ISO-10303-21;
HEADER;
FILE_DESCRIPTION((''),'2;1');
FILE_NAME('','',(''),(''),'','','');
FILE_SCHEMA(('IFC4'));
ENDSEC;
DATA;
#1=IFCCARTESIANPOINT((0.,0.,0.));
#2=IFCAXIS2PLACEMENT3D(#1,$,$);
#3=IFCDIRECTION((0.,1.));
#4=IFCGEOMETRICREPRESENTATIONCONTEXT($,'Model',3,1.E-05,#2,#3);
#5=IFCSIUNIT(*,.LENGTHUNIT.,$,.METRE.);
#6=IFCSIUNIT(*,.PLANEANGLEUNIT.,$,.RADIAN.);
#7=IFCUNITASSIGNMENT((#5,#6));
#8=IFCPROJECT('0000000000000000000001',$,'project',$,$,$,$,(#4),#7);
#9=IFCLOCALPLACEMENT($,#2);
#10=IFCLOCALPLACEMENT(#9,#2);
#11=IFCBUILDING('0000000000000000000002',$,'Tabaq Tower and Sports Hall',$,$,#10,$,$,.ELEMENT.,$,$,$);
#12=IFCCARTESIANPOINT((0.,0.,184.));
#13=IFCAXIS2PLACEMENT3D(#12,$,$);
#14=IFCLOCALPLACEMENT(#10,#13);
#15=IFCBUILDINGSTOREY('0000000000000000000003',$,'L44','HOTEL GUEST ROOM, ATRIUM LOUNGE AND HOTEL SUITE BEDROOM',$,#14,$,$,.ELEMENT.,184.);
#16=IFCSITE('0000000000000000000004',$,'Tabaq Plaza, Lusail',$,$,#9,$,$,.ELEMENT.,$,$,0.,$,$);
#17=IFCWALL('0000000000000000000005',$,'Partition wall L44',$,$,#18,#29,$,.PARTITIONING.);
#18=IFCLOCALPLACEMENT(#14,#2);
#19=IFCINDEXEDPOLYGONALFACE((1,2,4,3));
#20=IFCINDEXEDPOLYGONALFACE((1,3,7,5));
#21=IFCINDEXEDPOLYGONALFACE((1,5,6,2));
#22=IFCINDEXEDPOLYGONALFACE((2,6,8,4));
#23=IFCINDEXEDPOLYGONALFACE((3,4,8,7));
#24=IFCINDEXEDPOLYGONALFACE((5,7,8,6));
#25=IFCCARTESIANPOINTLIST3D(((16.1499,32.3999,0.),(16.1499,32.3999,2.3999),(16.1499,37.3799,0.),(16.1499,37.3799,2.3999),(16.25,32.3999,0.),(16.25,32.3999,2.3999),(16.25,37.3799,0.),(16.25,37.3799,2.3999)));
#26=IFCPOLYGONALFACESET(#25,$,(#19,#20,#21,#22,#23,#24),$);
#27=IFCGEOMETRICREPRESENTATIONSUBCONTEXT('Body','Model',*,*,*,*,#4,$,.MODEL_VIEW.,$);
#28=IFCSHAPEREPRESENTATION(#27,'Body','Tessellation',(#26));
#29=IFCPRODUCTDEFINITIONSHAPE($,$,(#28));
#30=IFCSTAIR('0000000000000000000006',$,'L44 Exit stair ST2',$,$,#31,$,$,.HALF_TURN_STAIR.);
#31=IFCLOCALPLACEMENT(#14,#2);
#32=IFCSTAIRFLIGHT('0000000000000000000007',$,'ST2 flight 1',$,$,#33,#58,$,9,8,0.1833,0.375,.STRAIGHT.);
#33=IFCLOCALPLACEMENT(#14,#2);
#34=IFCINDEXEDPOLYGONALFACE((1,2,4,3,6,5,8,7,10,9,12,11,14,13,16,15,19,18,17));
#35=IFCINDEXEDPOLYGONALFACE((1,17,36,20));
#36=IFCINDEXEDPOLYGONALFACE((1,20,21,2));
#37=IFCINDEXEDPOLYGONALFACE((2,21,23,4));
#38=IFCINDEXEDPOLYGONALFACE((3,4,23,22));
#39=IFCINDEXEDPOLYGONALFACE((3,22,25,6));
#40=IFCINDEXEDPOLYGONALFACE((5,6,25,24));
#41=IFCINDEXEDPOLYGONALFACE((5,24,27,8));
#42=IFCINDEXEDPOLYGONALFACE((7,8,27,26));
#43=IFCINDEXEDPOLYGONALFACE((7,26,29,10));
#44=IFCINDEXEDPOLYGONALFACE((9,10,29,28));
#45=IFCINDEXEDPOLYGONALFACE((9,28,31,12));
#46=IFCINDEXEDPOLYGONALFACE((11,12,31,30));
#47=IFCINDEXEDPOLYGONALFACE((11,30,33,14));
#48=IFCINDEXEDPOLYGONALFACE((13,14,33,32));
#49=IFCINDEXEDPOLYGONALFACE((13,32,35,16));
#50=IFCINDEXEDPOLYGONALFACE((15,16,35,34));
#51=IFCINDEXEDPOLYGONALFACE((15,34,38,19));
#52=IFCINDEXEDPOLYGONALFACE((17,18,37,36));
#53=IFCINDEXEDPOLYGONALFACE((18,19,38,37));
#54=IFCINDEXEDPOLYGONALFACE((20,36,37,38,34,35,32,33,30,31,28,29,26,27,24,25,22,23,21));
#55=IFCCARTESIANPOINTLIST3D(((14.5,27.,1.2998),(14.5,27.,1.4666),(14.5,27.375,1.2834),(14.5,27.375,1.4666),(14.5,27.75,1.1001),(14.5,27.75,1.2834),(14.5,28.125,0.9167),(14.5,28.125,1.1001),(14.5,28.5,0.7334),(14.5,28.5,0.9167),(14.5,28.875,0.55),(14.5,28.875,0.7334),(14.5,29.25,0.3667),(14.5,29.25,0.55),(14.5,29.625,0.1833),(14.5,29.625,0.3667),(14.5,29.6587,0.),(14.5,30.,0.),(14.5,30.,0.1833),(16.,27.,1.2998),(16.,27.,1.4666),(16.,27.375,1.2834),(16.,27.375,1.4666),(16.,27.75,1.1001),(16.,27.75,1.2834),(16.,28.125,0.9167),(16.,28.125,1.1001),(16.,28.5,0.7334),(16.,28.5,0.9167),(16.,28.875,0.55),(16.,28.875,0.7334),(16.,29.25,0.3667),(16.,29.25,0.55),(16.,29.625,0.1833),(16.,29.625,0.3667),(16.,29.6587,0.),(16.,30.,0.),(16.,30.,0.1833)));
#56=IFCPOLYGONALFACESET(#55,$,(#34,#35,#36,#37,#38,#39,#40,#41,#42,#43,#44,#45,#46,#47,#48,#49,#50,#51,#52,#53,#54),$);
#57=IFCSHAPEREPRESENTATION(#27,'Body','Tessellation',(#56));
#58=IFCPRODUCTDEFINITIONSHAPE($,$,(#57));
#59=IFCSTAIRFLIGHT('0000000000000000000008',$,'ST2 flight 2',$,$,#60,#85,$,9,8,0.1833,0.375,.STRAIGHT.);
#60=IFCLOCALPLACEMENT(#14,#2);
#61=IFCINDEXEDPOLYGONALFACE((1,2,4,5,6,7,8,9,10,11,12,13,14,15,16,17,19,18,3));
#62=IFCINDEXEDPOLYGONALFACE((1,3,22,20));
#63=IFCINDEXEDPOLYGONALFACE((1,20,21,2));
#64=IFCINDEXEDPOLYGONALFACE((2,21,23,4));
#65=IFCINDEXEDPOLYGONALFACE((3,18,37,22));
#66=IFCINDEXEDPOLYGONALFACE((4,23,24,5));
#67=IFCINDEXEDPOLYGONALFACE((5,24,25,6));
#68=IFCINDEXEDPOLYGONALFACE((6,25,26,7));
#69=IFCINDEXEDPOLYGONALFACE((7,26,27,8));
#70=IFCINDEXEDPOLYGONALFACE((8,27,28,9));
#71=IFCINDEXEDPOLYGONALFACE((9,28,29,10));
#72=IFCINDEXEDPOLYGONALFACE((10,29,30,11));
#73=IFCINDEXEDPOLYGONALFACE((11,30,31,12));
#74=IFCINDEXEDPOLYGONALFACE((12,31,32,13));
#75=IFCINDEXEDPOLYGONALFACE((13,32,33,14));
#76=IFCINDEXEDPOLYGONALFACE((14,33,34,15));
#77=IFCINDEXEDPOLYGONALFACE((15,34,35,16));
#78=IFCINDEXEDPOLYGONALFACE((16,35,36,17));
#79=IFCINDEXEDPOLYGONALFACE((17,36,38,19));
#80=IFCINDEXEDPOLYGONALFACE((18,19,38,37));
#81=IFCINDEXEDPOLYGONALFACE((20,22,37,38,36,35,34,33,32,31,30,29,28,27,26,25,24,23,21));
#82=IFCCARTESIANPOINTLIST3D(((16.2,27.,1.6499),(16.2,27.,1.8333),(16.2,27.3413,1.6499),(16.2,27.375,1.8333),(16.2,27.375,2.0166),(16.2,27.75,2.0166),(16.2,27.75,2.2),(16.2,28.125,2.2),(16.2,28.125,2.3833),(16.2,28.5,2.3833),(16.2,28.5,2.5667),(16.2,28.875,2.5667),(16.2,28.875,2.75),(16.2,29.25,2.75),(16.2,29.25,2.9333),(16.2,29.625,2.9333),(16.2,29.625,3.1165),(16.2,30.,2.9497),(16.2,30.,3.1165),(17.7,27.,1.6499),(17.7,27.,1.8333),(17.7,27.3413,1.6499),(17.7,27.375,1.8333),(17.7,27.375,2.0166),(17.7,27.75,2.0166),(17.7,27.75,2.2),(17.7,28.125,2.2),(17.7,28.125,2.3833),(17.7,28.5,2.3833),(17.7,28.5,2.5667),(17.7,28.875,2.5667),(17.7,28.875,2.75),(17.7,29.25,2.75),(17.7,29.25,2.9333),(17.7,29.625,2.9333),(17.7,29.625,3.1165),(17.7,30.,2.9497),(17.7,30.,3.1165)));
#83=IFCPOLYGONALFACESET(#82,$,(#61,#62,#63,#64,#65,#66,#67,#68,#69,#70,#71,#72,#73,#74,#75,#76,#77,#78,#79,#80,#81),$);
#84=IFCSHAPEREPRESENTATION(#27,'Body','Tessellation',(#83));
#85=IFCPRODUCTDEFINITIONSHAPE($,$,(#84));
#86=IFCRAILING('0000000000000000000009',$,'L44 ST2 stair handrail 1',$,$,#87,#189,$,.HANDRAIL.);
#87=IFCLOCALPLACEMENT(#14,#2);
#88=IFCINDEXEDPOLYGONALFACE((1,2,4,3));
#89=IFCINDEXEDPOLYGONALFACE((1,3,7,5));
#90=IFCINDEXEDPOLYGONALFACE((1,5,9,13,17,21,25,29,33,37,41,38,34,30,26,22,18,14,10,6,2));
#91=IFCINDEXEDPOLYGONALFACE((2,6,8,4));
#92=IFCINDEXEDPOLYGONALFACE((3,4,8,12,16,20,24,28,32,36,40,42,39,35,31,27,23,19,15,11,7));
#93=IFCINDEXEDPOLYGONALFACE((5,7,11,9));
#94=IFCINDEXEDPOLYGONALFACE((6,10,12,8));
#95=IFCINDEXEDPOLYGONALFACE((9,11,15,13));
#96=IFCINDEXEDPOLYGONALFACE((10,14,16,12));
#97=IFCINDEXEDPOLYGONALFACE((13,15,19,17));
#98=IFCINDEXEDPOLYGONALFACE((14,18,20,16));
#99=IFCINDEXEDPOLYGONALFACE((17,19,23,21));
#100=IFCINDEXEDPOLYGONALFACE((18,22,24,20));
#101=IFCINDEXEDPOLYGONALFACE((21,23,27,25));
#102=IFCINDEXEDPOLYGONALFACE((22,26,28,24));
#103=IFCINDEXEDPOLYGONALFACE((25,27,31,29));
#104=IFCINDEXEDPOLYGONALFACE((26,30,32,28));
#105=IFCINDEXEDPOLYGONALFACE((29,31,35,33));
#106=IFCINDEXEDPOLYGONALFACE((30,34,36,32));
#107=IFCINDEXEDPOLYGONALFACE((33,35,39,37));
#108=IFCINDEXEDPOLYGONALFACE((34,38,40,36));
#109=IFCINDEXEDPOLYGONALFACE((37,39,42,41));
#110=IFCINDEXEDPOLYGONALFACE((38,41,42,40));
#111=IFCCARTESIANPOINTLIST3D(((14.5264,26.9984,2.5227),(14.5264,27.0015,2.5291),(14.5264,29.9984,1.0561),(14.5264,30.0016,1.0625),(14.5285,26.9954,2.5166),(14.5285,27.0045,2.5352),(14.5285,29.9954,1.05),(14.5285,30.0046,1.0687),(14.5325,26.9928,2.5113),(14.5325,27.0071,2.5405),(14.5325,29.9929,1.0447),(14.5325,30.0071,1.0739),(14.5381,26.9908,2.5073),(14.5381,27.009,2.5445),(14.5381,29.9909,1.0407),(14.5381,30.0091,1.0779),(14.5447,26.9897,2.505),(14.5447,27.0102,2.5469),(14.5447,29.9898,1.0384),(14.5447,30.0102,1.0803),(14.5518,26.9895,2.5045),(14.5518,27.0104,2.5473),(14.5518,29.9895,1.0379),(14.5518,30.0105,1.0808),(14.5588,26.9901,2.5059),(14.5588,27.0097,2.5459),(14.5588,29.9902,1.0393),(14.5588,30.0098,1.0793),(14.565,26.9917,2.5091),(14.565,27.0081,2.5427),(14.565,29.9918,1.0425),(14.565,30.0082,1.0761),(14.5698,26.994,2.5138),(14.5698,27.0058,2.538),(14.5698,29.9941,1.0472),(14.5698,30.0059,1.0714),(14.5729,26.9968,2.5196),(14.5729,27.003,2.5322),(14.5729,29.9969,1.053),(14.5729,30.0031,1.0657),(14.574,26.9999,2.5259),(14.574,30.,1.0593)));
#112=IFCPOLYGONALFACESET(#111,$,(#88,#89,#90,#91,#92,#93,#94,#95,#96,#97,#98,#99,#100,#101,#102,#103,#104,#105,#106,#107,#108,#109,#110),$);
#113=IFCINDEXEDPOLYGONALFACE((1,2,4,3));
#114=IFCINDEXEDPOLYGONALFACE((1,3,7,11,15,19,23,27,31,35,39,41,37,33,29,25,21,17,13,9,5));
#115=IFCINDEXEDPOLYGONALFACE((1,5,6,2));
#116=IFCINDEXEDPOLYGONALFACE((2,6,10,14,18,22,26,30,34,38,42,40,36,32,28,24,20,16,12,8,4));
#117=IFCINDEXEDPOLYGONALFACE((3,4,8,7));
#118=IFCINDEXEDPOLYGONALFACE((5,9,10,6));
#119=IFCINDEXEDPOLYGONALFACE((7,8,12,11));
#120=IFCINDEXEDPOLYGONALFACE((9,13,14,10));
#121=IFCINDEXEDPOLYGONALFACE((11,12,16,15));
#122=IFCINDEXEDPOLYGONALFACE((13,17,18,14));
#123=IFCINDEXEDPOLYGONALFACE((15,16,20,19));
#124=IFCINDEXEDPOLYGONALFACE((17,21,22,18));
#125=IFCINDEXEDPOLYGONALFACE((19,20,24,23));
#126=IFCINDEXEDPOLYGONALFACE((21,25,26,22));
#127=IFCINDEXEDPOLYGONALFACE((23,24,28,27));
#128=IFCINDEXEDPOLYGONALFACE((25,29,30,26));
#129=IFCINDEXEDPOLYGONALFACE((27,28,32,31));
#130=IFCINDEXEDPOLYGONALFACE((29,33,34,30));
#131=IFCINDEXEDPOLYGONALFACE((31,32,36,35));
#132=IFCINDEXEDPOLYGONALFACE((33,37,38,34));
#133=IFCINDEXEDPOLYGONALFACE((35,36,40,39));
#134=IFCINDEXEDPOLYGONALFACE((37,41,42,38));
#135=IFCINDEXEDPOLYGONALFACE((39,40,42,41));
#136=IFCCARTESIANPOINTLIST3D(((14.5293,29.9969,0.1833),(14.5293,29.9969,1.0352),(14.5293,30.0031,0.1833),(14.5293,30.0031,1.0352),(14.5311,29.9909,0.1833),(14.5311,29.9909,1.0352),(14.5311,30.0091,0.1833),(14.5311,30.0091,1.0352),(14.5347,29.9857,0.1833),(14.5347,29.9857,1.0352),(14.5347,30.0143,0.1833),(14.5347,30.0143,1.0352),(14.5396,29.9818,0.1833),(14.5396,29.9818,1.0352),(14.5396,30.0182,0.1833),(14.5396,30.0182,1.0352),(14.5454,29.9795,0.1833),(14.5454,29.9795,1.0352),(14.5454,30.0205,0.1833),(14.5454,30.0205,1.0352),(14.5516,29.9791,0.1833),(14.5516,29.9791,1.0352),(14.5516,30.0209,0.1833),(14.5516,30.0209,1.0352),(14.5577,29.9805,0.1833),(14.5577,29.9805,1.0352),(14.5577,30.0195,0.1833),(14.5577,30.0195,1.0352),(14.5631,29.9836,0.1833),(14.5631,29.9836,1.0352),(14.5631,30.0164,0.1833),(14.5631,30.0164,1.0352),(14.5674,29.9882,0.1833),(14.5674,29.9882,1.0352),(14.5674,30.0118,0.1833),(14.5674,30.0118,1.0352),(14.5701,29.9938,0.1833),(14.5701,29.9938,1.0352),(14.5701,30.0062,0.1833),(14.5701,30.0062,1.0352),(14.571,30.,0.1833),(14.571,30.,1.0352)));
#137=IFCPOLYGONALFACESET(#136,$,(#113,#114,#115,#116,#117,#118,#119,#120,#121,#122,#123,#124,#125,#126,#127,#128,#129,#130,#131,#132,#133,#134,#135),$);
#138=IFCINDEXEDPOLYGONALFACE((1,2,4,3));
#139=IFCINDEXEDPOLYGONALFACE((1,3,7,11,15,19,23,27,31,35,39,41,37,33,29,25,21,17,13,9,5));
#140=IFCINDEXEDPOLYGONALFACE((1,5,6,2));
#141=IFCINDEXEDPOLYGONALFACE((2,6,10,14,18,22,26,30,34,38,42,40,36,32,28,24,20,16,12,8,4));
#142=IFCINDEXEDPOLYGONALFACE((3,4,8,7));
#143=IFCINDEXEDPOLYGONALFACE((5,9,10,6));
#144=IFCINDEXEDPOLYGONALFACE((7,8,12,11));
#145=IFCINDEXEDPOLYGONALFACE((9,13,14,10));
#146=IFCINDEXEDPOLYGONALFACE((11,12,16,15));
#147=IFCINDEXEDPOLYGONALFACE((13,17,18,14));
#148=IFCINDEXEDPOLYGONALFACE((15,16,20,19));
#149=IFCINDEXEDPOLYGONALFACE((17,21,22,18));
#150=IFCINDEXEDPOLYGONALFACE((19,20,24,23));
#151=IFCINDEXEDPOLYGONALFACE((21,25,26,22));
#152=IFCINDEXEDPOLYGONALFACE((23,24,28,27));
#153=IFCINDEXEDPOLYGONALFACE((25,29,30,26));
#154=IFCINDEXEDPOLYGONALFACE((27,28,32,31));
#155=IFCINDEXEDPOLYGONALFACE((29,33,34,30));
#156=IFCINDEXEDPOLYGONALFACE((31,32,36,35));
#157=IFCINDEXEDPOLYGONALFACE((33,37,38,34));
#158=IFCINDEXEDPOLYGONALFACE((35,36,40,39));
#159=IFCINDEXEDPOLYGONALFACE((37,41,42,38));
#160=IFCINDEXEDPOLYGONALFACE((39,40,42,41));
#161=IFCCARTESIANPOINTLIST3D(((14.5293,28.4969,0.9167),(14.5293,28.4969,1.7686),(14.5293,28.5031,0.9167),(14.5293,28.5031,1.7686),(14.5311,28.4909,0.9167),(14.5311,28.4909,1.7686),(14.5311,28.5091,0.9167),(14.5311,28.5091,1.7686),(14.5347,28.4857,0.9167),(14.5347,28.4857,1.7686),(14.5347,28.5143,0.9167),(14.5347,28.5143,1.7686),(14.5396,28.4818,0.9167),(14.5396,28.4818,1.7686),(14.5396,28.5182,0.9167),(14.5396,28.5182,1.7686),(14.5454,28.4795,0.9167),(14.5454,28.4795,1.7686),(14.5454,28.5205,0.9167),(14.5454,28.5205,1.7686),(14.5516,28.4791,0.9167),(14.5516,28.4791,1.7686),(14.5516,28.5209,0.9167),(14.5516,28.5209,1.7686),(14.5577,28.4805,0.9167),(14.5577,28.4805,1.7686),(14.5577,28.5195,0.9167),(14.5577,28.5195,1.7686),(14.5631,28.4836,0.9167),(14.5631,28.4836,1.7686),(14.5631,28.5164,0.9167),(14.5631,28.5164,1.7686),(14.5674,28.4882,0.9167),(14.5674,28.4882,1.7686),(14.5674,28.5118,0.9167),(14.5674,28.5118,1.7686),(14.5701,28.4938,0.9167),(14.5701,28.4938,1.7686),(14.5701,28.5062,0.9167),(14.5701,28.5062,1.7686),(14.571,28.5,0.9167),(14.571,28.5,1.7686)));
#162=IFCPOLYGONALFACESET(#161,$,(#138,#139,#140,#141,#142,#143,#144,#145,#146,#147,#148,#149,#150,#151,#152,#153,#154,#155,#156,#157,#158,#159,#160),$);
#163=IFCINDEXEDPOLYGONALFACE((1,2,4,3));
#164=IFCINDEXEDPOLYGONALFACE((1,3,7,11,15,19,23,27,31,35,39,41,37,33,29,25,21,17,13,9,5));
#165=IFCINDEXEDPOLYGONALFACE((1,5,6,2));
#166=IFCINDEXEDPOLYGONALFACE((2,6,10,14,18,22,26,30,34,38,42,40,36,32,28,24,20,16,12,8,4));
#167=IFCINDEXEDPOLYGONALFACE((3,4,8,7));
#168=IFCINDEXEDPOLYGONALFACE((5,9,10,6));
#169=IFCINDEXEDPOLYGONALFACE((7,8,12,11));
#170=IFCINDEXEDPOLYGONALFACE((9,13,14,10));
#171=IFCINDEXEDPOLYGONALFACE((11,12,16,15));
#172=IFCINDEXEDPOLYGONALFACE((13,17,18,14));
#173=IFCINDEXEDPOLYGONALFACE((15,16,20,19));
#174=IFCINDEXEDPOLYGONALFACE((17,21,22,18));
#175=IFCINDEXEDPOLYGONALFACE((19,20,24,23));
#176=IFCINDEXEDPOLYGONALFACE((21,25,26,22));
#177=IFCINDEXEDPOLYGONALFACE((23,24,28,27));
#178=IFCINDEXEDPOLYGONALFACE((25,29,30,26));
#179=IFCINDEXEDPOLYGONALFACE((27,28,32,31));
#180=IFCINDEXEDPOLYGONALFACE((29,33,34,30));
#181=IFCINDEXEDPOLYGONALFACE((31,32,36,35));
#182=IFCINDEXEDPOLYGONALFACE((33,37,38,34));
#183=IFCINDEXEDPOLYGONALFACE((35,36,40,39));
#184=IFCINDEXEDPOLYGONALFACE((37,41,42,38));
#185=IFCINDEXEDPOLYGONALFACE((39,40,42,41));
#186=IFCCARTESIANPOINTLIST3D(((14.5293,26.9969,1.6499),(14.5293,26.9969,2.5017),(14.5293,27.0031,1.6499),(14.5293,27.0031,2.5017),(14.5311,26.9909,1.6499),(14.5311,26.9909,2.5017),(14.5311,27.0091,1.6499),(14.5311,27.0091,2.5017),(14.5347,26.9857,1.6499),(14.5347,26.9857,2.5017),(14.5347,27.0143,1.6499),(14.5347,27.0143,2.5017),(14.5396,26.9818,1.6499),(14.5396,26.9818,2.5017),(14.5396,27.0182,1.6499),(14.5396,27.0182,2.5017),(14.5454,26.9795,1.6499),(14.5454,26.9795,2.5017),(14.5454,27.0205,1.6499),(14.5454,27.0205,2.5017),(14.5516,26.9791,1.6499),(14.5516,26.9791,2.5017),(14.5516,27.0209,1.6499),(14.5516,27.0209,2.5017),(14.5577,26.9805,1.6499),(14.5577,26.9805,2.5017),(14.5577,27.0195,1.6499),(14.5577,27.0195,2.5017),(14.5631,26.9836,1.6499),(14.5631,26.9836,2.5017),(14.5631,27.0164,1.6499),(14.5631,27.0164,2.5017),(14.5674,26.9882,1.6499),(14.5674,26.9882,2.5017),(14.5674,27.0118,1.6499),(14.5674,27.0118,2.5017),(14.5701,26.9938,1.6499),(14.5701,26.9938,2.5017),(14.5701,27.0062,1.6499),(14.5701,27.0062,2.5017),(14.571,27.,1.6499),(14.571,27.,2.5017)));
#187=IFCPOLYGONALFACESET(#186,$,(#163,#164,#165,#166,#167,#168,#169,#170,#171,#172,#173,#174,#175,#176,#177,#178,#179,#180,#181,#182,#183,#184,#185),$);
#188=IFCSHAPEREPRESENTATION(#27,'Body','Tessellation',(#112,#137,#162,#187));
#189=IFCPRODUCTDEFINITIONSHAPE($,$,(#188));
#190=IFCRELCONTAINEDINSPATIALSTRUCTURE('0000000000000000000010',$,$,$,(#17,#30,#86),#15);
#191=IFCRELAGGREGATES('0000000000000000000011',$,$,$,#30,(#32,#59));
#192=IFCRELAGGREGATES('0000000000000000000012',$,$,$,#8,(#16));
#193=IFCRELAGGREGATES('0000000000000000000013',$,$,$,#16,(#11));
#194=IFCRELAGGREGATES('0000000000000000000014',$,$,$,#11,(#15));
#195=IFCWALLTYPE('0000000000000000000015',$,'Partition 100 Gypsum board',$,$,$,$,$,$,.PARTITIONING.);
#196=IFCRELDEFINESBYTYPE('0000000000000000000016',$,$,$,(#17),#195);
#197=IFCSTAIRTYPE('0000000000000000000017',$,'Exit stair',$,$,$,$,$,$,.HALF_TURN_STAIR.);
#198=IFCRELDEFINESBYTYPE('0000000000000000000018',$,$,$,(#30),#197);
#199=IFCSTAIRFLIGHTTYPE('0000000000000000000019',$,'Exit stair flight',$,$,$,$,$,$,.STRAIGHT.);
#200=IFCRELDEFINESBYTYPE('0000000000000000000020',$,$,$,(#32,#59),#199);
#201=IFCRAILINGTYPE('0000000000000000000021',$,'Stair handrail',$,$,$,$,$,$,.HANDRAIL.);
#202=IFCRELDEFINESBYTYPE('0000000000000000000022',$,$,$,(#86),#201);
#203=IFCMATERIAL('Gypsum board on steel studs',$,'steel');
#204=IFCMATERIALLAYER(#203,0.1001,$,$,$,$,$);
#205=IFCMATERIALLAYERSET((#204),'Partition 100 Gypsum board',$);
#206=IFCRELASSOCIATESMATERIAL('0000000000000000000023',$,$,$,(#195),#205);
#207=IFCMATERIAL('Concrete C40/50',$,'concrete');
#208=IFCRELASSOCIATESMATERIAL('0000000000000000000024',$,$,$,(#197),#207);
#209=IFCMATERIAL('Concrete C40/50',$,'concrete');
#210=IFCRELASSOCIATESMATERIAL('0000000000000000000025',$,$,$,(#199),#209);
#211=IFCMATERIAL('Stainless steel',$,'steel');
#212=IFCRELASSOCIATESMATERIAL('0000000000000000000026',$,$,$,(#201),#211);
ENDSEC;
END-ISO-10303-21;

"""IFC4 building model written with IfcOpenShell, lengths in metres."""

from ifc_helpers import new_model, si_unit, direction, frame, frame_2d, origin, origin_2d, place, context, subcontext, project, spatial, polyline, rectangle, circle, outline, extrude, material, layer, layer_set, type_object, element, aggregate, save


model = new_model("IFC4")

# Units and contexts
model_context = context("Model", 3, precision=1e-05, world=origin(), true_north=direction((0.0, 1.0)))
body_context = subcontext(model_context, "Body", "Model", "MODEL_VIEW")
ifc_project = project(units=[si_unit("LENGTHUNIT", "METRE"), si_unit("PLANEANGLEUNIT", "RADIAN")], contexts=[model_context])

# Site, building, storey
site_placement = place(None, origin())
site = spatial("IfcSite", under=ifc_project, at=site_placement, Name="Tabaq Plaza, Lusail", CompositionType="ELEMENT", RefElevation=0.0)
building_placement = place(site_placement, origin())
building = spatial("IfcBuilding", under=site, at=building_placement, Name="Tabaq Tower and Sports Hall", CompositionType="ELEMENT")
storey_placement = place(building_placement, frame((0.0, 0.0, 184.0)))
storey = spatial("IfcBuildingStorey", under=building, at=storey_placement, Name="L44", Description="HOTEL GUEST ROOM, ATRIUM LOUNGE AND HOTEL SUITE BEDROOM", CompositionType="ELEMENT", Elevation=184.0)

# Wall
ifc_material_1 = material(Name="Gypsum board on steel studs", Category="steel")
ifc_layer_1 = layer(ifc_material_1, 0.1001)
ifc_layer_set_1 = layer_set([ifc_layer_1], Name="Partition 100 Gypsum board")
wall_type_1 = type_object("IfcWallType", Name="Partition 100 Gypsum board", PredefinedType="PARTITIONING", material=ifc_layer_set_1)
wall_1_placement = place(storey_placement, frame((16.2, 37.3799, 0.0), z_axis=(0.0, 0.0, 1.0), x_axis=(0.0, -1.0, 0.0)))
element("IfcWall", 1, at=wall_1_placement, inside=storey, type_object=wall_type_1, Name="Partition wall L44", PredefinedType="PARTITIONING", context=body_context, shape_type="SweptSolid", body=[
    extrude(rectangle(XDim=4.98, YDim=0.1001, at=frame_2d((2.49, 0.0))), origin(), (0.0, 0.0, 1.0), 2.3999),
])

# Stair, stair flights
ifc_material_2 = material(Name="Concrete C40/50", Category="concrete")
stair_type = type_object("IfcStairType", Name="Exit stair", PredefinedType="HALF_TURN_STAIR", material=ifc_material_2)
stair_placement = place(storey_placement, origin())
stair = element("IfcStair", 2, at=stair_placement, inside=storey, type_object=stair_type, Name="L44 Exit stair ST2", PredefinedType="HALF_TURN_STAIR")
ifc_material_3 = material(Name="Concrete C40/50", Category="concrete")
stair_flight_type = type_object("IfcStairFlightType", Name="Exit stair flight", PredefinedType="STRAIGHT", material=ifc_material_3)
stair_flight_1_placement = place(storey_placement, frame((15.25, 30.0, 0.0), z_axis=(0.0, 0.0, 1.0), x_axis=(0.0, -1.0, 0.0)))
stair_flight_1 = element("IfcStairFlight", 3, at=stair_flight_1_placement, type_object=stair_flight_type, Name="ST2 flight 1", NumberOfRisers=9, NumberOfTreads=8, PredefinedType="STRAIGHT", RiserHeight=0.1833, TreadLength=0.375, context=body_context, shape_type="SweptSolid", body=[
    extrude(outline(polyline([(0.0, 0.0), (0.0, 0.1833), (0.375, 0.1833), (0.375, 0.3667), (0.75, 0.3667), (0.75, 0.55), (1.125, 0.55), (1.125, 0.7334), (1.5, 0.7334), (1.5, 0.9167), (1.875, 0.9167), (1.875, 1.1001), (2.25, 1.1001), (2.25, 1.2834), (2.625, 1.2834), (2.625, 1.4666), (3.0, 1.4666), (3.0, 1.6499), (3.0, 1.2998), (0.3413, 0.0), (0.0, 0.0)])), frame((0.0, 0.75, 0.0), z_axis=(0.0, -1.0, 0.0), x_axis=(1.0, 0.0, 0.0)), (0.0, 0.0, 1.0), 1.5),
])
stair_flight_2_placement = place(storey_placement, frame((16.95, 27.0, 1.6499), z_axis=(0.0, 0.0, 1.0), x_axis=(0.0, 1.0, 0.0)))
stair_flight_2 = element("IfcStairFlight", 4, at=stair_flight_2_placement, type_object=stair_flight_type, Name="ST2 flight 2", NumberOfRisers=9, NumberOfTreads=8, PredefinedType="STRAIGHT", RiserHeight=0.1833, TreadLength=0.375, context=body_context, shape_type="SweptSolid", body=[
    extrude(outline(polyline([(0.0, 0.0), (0.0, 0.1833), (0.375, 0.1833), (0.375, 0.3667), (0.75, 0.3667), (0.75, 0.55), (1.125, 0.55), (1.125, 0.7334), (1.5, 0.7334), (1.5, 0.9167), (1.875, 0.9167), (1.875, 1.1001), (2.25, 1.1001), (2.25, 1.2834), (2.625, 1.2834), (2.625, 1.4666), (3.0, 1.4666), (3.0, 1.6499), (3.0, 1.2998), (0.3413, 0.0), (0.0, 0.0)])), frame((0.0, 0.75, 0.0), z_axis=(0.0, -1.0, 0.0), x_axis=(1.0, 0.0, 0.0)), (0.0, 0.0, 1.0), 1.5),
])
aggregate(stair, [stair_flight_1, stair_flight_2])

# Railing
ifc_material_4 = material(Name="Stainless steel", Category="steel")
railing_type_1 = type_object("IfcRailingType", Name="Stair handrail", PredefinedType="HANDRAIL", material=ifc_material_4)
railing_1_placement = place(storey_placement, frame((14.55, 30.0, 0.1833)))
element("IfcRailing", 5, at=railing_1_placement, inside=storey, type_object=railing_type_1, Name="L44 ST2 stair handrail 1", PredefinedType="HANDRAIL", context=body_context, shape_type="SweptSolid", body=[
    extrude(circle(Radius=0.0239, at=origin_2d()), frame((0.0, 0.0, 0.876), z_axis=(0.0, -0.898398, 0.439183), x_axis=(1.0, 0.0, 0.0)), (0.0, 0.0, 1.0), 3.3394),
    extrude(circle(Radius=0.021, at=origin_2d()), origin(), (0.0, 0.0, 1.0), 0.8518),
    extrude(circle(Radius=0.021, at=origin_2d()), frame((0.0, -1.5, 0.7334)), (0.0, 0.0, 1.0), 0.8518),
    extrude(circle(Radius=0.021, at=origin_2d()), frame((0.0, -3.0, 1.4666)), (0.0, 0.0, 1.0), 0.8518),
])

save(model, "model.ifc")
